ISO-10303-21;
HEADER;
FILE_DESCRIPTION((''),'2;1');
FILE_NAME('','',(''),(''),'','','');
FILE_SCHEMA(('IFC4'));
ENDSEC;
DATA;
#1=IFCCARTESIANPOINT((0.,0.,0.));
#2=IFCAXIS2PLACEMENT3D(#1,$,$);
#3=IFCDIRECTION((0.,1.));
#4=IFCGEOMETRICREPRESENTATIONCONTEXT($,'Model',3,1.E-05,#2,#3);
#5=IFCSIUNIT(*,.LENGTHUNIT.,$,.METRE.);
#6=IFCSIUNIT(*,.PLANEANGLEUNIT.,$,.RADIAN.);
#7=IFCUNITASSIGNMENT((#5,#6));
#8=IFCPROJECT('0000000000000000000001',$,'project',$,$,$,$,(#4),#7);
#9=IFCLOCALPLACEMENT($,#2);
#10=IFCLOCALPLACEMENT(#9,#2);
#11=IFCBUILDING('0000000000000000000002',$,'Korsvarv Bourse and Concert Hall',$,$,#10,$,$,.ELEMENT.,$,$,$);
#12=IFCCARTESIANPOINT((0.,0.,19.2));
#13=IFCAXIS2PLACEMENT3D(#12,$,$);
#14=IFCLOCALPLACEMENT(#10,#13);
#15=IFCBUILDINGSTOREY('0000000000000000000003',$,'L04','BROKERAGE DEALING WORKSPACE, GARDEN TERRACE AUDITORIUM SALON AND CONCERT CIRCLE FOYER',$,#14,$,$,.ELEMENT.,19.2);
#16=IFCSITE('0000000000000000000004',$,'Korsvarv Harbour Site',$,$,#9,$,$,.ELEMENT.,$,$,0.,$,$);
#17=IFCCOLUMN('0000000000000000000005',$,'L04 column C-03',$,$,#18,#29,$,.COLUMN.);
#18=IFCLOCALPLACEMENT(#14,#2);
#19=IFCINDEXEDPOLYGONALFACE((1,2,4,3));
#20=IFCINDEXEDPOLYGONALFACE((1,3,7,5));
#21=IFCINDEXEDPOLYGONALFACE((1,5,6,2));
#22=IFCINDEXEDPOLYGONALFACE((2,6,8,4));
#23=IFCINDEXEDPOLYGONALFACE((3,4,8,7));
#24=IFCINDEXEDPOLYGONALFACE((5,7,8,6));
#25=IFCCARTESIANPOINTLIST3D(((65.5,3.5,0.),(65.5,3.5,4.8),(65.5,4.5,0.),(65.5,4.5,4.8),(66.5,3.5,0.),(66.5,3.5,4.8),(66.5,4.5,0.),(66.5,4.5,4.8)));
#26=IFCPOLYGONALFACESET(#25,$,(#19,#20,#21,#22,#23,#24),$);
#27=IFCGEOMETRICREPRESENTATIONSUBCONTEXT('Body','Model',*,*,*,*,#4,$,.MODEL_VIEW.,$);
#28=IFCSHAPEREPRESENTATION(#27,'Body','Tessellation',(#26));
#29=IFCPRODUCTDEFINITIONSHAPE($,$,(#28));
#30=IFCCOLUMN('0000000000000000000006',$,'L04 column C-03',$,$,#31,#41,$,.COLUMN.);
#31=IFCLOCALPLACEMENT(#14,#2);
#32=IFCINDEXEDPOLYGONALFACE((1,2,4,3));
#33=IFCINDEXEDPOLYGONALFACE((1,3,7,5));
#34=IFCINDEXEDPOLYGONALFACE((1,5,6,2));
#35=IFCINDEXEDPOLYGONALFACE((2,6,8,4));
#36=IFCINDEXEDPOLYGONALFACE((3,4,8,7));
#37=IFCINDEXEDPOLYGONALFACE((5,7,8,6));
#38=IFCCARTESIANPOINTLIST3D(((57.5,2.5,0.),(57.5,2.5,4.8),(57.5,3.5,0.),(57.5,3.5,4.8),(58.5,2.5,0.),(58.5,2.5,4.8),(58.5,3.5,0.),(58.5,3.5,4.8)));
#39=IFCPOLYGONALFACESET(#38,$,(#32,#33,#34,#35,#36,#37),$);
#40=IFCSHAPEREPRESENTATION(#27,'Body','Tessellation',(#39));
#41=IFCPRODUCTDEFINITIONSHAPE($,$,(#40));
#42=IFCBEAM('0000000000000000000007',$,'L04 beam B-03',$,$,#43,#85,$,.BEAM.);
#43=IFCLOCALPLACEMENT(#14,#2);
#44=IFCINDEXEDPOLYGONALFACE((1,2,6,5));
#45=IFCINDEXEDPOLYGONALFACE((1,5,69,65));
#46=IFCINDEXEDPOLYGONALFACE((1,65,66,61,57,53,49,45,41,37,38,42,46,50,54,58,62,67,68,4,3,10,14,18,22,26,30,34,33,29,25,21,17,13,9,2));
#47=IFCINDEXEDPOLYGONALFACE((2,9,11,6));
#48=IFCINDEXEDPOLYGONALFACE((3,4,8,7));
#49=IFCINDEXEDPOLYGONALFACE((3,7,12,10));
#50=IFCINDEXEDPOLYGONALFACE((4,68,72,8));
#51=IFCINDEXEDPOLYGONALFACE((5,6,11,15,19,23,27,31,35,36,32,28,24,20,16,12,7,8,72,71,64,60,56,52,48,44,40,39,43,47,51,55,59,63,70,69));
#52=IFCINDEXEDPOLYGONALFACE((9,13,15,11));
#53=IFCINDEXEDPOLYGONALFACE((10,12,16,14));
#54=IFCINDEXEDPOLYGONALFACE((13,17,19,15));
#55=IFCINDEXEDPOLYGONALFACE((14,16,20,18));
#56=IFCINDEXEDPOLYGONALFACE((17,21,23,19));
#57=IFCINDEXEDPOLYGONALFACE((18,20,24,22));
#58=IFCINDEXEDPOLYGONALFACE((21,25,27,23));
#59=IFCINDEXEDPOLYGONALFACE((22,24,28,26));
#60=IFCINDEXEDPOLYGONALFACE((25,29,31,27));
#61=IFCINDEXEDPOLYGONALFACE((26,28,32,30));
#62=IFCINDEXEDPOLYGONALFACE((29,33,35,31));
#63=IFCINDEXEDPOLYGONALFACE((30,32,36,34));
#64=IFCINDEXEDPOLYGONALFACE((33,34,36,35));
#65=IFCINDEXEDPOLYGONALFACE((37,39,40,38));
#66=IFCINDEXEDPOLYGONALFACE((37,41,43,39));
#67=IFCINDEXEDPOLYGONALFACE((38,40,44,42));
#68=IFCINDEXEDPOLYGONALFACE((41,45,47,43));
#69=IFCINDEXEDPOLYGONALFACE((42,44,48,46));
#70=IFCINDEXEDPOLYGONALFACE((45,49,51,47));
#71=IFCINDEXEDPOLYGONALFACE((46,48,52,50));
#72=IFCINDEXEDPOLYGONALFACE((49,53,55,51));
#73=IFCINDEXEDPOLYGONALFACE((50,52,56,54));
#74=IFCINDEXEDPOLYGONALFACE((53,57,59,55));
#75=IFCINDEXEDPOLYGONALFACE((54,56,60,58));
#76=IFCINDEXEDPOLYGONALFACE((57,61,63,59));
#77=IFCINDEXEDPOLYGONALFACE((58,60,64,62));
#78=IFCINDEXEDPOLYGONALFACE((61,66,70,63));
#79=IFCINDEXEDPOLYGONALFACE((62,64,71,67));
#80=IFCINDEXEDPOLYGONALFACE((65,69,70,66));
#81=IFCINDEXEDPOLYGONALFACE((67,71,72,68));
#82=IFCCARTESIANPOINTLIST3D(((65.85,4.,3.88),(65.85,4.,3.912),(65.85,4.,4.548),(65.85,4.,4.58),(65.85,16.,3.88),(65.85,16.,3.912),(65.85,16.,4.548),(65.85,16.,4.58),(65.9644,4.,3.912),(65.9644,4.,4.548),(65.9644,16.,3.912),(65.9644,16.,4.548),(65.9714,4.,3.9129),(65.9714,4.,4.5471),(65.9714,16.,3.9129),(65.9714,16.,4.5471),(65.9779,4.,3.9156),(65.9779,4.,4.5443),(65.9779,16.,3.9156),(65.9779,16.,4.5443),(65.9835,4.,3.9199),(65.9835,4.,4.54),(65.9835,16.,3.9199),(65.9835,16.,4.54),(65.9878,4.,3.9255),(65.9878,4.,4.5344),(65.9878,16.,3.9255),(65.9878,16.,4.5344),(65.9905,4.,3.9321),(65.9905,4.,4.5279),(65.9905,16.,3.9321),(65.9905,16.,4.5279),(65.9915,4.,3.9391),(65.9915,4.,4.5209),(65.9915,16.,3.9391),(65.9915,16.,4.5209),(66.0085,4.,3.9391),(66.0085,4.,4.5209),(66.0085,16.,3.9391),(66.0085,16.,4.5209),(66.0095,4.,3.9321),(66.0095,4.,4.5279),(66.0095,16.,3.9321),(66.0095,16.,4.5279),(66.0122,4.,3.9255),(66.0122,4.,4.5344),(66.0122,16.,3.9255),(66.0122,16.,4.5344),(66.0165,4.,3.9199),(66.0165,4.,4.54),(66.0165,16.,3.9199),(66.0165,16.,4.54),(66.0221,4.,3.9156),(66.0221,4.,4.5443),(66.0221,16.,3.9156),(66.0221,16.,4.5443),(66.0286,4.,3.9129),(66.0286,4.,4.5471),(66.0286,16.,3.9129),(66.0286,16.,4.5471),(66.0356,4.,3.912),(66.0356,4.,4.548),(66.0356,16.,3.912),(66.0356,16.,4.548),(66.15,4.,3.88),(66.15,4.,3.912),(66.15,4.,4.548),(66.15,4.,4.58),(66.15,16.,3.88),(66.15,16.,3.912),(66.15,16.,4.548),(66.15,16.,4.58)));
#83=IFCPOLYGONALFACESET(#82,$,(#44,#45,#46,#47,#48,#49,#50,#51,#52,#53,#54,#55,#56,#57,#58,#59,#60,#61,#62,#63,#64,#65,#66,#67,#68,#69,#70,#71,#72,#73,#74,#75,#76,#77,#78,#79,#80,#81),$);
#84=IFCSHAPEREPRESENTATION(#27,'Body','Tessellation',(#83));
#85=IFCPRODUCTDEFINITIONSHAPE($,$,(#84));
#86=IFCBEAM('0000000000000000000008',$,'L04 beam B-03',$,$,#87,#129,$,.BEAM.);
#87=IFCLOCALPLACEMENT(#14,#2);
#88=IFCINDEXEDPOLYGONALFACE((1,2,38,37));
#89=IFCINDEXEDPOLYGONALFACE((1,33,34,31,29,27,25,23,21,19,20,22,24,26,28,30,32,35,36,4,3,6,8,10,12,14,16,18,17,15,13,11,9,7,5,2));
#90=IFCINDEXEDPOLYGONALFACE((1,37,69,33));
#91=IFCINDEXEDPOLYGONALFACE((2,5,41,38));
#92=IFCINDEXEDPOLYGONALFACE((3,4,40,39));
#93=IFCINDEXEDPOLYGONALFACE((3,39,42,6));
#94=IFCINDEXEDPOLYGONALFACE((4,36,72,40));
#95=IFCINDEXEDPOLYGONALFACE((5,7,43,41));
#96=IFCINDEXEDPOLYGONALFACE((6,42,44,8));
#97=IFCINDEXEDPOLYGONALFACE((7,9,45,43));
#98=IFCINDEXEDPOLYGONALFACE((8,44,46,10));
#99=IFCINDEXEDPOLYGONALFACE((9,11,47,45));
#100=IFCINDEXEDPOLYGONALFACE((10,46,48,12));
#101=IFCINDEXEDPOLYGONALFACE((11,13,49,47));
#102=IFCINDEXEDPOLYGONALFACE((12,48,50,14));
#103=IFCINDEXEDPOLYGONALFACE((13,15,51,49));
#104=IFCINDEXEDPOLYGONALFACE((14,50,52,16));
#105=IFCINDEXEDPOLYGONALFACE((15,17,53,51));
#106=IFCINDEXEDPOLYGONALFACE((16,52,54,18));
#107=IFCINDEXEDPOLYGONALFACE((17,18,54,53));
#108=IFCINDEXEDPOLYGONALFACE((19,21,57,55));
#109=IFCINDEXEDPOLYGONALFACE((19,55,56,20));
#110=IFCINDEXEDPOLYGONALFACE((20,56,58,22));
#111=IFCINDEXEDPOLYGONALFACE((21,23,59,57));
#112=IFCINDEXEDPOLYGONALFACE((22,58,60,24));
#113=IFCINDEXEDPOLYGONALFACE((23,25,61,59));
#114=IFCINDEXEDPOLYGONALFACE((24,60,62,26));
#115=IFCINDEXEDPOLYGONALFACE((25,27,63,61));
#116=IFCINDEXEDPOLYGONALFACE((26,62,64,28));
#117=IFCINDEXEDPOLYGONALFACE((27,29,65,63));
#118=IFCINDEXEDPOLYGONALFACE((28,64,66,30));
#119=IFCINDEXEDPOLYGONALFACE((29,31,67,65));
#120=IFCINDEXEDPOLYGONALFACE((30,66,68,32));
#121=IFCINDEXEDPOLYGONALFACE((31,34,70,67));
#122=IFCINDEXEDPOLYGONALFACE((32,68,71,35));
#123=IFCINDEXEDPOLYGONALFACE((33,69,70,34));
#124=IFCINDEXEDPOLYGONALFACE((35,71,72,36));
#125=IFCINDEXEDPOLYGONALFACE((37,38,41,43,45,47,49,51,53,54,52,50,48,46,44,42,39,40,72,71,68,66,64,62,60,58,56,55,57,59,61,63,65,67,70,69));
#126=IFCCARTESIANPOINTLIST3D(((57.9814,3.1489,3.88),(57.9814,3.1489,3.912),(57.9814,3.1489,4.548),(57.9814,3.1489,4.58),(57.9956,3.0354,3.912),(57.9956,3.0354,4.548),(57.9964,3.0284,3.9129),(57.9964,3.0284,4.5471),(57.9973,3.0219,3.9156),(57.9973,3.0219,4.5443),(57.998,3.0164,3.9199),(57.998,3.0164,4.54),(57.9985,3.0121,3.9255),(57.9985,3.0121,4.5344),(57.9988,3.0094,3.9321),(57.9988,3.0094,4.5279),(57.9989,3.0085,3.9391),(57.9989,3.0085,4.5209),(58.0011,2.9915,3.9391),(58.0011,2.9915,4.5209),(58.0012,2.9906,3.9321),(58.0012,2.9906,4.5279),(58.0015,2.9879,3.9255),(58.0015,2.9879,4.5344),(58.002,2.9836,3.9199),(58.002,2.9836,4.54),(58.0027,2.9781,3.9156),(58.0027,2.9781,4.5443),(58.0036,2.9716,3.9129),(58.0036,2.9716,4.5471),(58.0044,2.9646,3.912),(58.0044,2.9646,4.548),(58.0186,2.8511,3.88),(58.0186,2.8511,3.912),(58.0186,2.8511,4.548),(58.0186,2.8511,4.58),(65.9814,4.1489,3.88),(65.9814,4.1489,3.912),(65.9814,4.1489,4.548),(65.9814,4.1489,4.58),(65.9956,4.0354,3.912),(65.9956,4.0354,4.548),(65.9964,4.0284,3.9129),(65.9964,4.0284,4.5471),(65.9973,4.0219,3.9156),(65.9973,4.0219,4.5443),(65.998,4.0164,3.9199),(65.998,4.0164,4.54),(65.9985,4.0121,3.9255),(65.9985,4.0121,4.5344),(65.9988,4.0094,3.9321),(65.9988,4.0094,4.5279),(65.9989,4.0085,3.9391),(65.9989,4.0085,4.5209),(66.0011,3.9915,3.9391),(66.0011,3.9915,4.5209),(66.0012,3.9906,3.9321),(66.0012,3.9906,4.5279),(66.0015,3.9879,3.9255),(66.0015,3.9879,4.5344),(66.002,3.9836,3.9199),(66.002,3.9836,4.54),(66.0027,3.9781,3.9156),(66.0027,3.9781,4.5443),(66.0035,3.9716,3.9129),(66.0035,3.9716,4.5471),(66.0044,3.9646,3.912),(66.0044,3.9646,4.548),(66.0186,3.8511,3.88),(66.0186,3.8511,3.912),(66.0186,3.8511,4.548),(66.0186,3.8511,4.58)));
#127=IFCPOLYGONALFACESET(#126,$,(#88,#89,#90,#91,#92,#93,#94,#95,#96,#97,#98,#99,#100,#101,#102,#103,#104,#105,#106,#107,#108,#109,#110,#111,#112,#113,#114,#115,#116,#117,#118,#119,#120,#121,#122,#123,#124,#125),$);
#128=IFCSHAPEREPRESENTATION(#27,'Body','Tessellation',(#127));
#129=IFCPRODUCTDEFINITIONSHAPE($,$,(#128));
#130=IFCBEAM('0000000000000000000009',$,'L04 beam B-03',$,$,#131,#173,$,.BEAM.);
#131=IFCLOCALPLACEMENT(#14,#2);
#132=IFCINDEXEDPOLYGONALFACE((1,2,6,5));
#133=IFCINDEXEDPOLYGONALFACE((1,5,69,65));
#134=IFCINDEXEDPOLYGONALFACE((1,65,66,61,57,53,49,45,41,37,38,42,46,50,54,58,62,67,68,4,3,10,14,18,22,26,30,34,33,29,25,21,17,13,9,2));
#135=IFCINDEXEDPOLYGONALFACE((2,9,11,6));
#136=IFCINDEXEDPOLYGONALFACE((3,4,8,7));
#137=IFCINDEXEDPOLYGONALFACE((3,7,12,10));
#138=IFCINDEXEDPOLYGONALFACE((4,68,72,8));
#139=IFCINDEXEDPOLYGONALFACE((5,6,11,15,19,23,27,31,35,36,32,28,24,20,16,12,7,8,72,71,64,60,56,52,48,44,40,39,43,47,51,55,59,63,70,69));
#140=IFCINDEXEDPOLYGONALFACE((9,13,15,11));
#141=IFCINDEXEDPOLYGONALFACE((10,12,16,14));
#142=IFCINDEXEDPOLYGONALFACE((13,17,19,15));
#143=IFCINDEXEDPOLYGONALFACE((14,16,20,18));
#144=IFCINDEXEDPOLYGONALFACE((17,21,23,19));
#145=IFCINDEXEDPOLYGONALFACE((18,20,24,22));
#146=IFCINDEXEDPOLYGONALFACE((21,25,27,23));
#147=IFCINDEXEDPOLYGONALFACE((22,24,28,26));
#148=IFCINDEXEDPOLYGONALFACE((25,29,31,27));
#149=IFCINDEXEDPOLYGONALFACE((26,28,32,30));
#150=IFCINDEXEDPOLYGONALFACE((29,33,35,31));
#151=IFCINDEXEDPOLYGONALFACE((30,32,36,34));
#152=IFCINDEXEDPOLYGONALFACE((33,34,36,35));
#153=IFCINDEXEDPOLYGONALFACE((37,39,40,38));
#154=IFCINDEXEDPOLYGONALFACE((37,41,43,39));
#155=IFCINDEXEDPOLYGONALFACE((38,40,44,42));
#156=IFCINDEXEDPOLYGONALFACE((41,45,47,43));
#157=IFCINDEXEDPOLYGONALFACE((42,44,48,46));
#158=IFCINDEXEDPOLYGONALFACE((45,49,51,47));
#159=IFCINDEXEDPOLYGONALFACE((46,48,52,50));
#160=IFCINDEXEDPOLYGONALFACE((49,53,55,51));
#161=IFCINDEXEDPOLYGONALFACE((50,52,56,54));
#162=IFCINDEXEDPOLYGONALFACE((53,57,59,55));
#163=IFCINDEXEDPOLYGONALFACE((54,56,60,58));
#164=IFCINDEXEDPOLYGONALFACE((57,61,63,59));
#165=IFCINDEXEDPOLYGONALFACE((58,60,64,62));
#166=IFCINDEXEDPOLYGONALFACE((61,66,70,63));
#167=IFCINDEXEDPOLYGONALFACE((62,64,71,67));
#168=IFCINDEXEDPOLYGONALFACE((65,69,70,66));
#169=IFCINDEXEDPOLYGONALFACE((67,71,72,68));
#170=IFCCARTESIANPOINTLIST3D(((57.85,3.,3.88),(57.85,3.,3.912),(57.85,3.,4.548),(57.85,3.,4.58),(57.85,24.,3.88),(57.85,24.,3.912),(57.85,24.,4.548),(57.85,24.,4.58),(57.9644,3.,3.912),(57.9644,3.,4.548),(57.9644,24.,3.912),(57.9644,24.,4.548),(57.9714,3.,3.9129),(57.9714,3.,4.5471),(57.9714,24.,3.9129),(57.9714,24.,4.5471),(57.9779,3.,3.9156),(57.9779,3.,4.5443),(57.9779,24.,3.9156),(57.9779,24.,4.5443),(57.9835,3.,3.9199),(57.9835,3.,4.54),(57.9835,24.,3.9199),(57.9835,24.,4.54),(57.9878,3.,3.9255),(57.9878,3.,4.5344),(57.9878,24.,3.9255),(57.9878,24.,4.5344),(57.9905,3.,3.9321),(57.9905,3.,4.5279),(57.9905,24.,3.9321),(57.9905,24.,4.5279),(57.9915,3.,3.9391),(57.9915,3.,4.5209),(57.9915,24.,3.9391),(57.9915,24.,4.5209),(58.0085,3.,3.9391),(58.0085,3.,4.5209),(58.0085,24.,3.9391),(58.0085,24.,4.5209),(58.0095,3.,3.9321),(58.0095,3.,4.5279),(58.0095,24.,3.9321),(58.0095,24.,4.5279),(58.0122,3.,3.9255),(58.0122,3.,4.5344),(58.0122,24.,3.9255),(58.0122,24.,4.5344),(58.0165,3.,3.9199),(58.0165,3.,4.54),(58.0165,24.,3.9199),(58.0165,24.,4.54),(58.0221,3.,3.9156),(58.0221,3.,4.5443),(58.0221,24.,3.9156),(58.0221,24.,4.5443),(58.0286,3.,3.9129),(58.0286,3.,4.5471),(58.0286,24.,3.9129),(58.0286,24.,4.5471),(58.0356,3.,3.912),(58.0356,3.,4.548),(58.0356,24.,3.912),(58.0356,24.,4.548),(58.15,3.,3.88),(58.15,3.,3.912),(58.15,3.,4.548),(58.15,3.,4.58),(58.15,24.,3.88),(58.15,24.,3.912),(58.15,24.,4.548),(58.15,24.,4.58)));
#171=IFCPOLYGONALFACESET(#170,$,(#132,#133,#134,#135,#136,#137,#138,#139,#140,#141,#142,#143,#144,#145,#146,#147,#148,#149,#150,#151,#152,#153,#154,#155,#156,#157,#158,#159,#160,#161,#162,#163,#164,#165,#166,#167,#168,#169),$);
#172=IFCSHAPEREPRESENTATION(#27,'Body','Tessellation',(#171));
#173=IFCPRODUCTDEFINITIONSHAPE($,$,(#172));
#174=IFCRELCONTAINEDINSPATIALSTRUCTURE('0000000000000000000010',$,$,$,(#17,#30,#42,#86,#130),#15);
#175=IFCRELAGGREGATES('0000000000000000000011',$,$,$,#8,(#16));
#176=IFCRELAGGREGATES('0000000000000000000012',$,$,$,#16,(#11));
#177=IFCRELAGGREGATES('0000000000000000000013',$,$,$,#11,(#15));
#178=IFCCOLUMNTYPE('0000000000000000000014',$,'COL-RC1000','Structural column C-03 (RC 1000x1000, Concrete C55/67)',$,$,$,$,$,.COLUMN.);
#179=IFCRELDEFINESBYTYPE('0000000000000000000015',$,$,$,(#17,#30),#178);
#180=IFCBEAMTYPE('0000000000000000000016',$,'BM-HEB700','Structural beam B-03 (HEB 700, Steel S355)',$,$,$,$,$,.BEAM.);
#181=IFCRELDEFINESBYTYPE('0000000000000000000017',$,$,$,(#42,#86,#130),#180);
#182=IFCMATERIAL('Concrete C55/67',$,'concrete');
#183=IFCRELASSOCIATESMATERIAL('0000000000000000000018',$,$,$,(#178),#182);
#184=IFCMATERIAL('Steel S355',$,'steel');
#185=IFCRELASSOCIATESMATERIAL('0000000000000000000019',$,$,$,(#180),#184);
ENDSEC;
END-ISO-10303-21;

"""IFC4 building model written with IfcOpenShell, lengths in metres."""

from ifc_helpers import new_model, si_unit, direction, frame, origin, origin_2d, place, context, subcontext, project, spatial, rectangle, i_section, extrude, source, transform, mapped, material, material_profile, profile_set, type_object, element, save


model = new_model("IFC4")

# Units and contexts
model_context = context("Model", 3, precision=1e-05, world=origin(), true_north=direction((0.0, 1.0)))
body_context = subcontext(model_context, "Body", "Model", "MODEL_VIEW")
ifc_project = project(units=[si_unit("LENGTHUNIT", "METRE"), si_unit("PLANEANGLEUNIT", "RADIAN")], contexts=[model_context])

# Site, building, storey
site_placement = place(None, origin())
site = spatial("IfcSite", under=ifc_project, at=site_placement, Name="Korsvarv Harbour Site", CompositionType="ELEMENT", RefElevation=0.0)
building_placement = place(site_placement, origin())
building = spatial("IfcBuilding", under=site, at=building_placement, Name="Korsvarv Bourse and Concert Hall", CompositionType="ELEMENT")
storey_placement = place(building_placement, frame((0.0, 0.0, 19.2)))
storey = spatial("IfcBuildingStorey", under=building, at=storey_placement, Name="L04", Description="BROKERAGE DEALING WORKSPACE, GARDEN TERRACE AUDITORIUM SALON AND CONCERT CIRCLE FOYER", CompositionType="ELEMENT", Elevation=19.2)

# Columns
ifc_material_1 = material(Name="Concrete C55/67", Category="concrete")
ifc_material_profile_1 = material_profile(ifc_material_1, rectangle(XDim=1.0, YDim=1.0, at=origin_2d()), Name="RC 1000x1000")
ifc_profile_set_1 = profile_set([ifc_material_profile_1], Name="Concrete C55/67")
column_type = type_object("IfcColumnType", Name="COL-RC1000", Description="Structural column C-03 (RC 1000x1000, Concrete C55/67)", PredefinedType="COLUMN", material=ifc_profile_set_1)
shared_shape_1 = source(origin(), body_context, "Body", "SweptSolid", [
    extrude(rectangle(XDim=1.0, YDim=1.0, at=origin_2d()), origin(), (0.0, 0.0, 1.0), 4.8),
])
for number, where, z_axis, x_axis, name in (
    (1, (66.0, 4.0, 0.0), (0.0, 0.0, 1.0), (1.0, 0.0, 0.0), "L04 column C-03"),
    (2, (58.0, 3.0, 0.0), (0.0, 0.0, 1.0), (1.0, 0.0, 0.0), "L04 column C-03"),
):
    element("IfcColumn", number, at=place(storey_placement, frame(where, z_axis=z_axis, x_axis=x_axis)), inside=storey, type_object=column_type, Name=name, PredefinedType="COLUMN", context=body_context, shape_type="MappedRepresentation", body=[
        mapped(shared_shape_1, transform((0.0, 0.0, 0.0), scale=1.0)),
    ])

# Beams
ifc_material_2 = material(Name="Steel S355", Category="steel")
ifc_material_profile_2 = material_profile(ifc_material_2, i_section(OverallWidth=0.3, OverallDepth=0.7, WebThickness=0.0171, FlangeThickness=0.032, FilletRadius=0.0271, at=origin_2d()), Name="HEB 700")
ifc_profile_set_2 = profile_set([ifc_material_profile_2], Name="Steel S355")
beam_type_1 = type_object("IfcBeamType", Name="BM-HEB700", Description="Structural beam B-03 (HEB 700, Steel S355)", PredefinedType="BEAM", material=ifc_profile_set_2)
shared_shape_2 = source(origin(), body_context, "Body", "SweptSolid", [
    extrude(i_section(OverallWidth=0.3, OverallDepth=0.7, WebThickness=0.0171, FlangeThickness=0.032, FilletRadius=0.0271, at=origin_2d()), origin(), (0.0, 0.0, 1.0), 12.0),
])
beam_1_placement = place(storey_placement, frame((66.0, 4.0, 4.23), z_axis=(0.0, 1.0, 0.0), x_axis=(-1.0, 0.0, 0.0)))
element("IfcBeam", 3, at=beam_1_placement, inside=storey, type_object=beam_type_1, Name="L04 beam B-03", PredefinedType="BEAM", context=body_context, shape_type="MappedRepresentation", body=[
    mapped(shared_shape_2, transform((0.0, 0.0, 0.0), scale=1.0)),
])
shared_shape_3 = source(origin(), body_context, "Body", "SweptSolid", [
    extrude(i_section(OverallWidth=0.3, OverallDepth=0.7, WebThickness=0.0171, FlangeThickness=0.032, FilletRadius=0.0271, at=origin_2d()), origin(), (0.0, 0.0, 1.0), 8.0623),
])
beam_2_placement = place(storey_placement, frame((58.0, 3.0, 4.23), z_axis=(0.992278, 0.124035, 0.0), x_axis=(-0.124035, 0.992278, 0.0)))
element("IfcBeam", 4, at=beam_2_placement, inside=storey, type_object=beam_type_1, Name="L04 beam B-03", PredefinedType="BEAM", context=body_context, shape_type="MappedRepresentation", body=[
    mapped(shared_shape_3, transform((0.0, 0.0, 0.0), scale=1.0)),
])
shared_shape_4 = source(origin(), body_context, "Body", "SweptSolid", [
    extrude(i_section(OverallWidth=0.3, OverallDepth=0.7, WebThickness=0.0171, FlangeThickness=0.032, FilletRadius=0.0271, at=origin_2d()), origin(), (0.0, 0.0, 1.0), 21.0),
])
beam_3_placement = place(storey_placement, frame((58.0, 3.0, 4.23), z_axis=(0.0, 1.0, 0.0), x_axis=(-1.0, 0.0, 0.0)))
element("IfcBeam", 5, at=beam_3_placement, inside=storey, type_object=beam_type_1, Name="L04 beam B-03", PredefinedType="BEAM", context=body_context, shape_type="MappedRepresentation", body=[
    mapped(shared_shape_4, transform((0.0, 0.0, 0.0), scale=1.0)),
])

save(model, "model.ifc")
